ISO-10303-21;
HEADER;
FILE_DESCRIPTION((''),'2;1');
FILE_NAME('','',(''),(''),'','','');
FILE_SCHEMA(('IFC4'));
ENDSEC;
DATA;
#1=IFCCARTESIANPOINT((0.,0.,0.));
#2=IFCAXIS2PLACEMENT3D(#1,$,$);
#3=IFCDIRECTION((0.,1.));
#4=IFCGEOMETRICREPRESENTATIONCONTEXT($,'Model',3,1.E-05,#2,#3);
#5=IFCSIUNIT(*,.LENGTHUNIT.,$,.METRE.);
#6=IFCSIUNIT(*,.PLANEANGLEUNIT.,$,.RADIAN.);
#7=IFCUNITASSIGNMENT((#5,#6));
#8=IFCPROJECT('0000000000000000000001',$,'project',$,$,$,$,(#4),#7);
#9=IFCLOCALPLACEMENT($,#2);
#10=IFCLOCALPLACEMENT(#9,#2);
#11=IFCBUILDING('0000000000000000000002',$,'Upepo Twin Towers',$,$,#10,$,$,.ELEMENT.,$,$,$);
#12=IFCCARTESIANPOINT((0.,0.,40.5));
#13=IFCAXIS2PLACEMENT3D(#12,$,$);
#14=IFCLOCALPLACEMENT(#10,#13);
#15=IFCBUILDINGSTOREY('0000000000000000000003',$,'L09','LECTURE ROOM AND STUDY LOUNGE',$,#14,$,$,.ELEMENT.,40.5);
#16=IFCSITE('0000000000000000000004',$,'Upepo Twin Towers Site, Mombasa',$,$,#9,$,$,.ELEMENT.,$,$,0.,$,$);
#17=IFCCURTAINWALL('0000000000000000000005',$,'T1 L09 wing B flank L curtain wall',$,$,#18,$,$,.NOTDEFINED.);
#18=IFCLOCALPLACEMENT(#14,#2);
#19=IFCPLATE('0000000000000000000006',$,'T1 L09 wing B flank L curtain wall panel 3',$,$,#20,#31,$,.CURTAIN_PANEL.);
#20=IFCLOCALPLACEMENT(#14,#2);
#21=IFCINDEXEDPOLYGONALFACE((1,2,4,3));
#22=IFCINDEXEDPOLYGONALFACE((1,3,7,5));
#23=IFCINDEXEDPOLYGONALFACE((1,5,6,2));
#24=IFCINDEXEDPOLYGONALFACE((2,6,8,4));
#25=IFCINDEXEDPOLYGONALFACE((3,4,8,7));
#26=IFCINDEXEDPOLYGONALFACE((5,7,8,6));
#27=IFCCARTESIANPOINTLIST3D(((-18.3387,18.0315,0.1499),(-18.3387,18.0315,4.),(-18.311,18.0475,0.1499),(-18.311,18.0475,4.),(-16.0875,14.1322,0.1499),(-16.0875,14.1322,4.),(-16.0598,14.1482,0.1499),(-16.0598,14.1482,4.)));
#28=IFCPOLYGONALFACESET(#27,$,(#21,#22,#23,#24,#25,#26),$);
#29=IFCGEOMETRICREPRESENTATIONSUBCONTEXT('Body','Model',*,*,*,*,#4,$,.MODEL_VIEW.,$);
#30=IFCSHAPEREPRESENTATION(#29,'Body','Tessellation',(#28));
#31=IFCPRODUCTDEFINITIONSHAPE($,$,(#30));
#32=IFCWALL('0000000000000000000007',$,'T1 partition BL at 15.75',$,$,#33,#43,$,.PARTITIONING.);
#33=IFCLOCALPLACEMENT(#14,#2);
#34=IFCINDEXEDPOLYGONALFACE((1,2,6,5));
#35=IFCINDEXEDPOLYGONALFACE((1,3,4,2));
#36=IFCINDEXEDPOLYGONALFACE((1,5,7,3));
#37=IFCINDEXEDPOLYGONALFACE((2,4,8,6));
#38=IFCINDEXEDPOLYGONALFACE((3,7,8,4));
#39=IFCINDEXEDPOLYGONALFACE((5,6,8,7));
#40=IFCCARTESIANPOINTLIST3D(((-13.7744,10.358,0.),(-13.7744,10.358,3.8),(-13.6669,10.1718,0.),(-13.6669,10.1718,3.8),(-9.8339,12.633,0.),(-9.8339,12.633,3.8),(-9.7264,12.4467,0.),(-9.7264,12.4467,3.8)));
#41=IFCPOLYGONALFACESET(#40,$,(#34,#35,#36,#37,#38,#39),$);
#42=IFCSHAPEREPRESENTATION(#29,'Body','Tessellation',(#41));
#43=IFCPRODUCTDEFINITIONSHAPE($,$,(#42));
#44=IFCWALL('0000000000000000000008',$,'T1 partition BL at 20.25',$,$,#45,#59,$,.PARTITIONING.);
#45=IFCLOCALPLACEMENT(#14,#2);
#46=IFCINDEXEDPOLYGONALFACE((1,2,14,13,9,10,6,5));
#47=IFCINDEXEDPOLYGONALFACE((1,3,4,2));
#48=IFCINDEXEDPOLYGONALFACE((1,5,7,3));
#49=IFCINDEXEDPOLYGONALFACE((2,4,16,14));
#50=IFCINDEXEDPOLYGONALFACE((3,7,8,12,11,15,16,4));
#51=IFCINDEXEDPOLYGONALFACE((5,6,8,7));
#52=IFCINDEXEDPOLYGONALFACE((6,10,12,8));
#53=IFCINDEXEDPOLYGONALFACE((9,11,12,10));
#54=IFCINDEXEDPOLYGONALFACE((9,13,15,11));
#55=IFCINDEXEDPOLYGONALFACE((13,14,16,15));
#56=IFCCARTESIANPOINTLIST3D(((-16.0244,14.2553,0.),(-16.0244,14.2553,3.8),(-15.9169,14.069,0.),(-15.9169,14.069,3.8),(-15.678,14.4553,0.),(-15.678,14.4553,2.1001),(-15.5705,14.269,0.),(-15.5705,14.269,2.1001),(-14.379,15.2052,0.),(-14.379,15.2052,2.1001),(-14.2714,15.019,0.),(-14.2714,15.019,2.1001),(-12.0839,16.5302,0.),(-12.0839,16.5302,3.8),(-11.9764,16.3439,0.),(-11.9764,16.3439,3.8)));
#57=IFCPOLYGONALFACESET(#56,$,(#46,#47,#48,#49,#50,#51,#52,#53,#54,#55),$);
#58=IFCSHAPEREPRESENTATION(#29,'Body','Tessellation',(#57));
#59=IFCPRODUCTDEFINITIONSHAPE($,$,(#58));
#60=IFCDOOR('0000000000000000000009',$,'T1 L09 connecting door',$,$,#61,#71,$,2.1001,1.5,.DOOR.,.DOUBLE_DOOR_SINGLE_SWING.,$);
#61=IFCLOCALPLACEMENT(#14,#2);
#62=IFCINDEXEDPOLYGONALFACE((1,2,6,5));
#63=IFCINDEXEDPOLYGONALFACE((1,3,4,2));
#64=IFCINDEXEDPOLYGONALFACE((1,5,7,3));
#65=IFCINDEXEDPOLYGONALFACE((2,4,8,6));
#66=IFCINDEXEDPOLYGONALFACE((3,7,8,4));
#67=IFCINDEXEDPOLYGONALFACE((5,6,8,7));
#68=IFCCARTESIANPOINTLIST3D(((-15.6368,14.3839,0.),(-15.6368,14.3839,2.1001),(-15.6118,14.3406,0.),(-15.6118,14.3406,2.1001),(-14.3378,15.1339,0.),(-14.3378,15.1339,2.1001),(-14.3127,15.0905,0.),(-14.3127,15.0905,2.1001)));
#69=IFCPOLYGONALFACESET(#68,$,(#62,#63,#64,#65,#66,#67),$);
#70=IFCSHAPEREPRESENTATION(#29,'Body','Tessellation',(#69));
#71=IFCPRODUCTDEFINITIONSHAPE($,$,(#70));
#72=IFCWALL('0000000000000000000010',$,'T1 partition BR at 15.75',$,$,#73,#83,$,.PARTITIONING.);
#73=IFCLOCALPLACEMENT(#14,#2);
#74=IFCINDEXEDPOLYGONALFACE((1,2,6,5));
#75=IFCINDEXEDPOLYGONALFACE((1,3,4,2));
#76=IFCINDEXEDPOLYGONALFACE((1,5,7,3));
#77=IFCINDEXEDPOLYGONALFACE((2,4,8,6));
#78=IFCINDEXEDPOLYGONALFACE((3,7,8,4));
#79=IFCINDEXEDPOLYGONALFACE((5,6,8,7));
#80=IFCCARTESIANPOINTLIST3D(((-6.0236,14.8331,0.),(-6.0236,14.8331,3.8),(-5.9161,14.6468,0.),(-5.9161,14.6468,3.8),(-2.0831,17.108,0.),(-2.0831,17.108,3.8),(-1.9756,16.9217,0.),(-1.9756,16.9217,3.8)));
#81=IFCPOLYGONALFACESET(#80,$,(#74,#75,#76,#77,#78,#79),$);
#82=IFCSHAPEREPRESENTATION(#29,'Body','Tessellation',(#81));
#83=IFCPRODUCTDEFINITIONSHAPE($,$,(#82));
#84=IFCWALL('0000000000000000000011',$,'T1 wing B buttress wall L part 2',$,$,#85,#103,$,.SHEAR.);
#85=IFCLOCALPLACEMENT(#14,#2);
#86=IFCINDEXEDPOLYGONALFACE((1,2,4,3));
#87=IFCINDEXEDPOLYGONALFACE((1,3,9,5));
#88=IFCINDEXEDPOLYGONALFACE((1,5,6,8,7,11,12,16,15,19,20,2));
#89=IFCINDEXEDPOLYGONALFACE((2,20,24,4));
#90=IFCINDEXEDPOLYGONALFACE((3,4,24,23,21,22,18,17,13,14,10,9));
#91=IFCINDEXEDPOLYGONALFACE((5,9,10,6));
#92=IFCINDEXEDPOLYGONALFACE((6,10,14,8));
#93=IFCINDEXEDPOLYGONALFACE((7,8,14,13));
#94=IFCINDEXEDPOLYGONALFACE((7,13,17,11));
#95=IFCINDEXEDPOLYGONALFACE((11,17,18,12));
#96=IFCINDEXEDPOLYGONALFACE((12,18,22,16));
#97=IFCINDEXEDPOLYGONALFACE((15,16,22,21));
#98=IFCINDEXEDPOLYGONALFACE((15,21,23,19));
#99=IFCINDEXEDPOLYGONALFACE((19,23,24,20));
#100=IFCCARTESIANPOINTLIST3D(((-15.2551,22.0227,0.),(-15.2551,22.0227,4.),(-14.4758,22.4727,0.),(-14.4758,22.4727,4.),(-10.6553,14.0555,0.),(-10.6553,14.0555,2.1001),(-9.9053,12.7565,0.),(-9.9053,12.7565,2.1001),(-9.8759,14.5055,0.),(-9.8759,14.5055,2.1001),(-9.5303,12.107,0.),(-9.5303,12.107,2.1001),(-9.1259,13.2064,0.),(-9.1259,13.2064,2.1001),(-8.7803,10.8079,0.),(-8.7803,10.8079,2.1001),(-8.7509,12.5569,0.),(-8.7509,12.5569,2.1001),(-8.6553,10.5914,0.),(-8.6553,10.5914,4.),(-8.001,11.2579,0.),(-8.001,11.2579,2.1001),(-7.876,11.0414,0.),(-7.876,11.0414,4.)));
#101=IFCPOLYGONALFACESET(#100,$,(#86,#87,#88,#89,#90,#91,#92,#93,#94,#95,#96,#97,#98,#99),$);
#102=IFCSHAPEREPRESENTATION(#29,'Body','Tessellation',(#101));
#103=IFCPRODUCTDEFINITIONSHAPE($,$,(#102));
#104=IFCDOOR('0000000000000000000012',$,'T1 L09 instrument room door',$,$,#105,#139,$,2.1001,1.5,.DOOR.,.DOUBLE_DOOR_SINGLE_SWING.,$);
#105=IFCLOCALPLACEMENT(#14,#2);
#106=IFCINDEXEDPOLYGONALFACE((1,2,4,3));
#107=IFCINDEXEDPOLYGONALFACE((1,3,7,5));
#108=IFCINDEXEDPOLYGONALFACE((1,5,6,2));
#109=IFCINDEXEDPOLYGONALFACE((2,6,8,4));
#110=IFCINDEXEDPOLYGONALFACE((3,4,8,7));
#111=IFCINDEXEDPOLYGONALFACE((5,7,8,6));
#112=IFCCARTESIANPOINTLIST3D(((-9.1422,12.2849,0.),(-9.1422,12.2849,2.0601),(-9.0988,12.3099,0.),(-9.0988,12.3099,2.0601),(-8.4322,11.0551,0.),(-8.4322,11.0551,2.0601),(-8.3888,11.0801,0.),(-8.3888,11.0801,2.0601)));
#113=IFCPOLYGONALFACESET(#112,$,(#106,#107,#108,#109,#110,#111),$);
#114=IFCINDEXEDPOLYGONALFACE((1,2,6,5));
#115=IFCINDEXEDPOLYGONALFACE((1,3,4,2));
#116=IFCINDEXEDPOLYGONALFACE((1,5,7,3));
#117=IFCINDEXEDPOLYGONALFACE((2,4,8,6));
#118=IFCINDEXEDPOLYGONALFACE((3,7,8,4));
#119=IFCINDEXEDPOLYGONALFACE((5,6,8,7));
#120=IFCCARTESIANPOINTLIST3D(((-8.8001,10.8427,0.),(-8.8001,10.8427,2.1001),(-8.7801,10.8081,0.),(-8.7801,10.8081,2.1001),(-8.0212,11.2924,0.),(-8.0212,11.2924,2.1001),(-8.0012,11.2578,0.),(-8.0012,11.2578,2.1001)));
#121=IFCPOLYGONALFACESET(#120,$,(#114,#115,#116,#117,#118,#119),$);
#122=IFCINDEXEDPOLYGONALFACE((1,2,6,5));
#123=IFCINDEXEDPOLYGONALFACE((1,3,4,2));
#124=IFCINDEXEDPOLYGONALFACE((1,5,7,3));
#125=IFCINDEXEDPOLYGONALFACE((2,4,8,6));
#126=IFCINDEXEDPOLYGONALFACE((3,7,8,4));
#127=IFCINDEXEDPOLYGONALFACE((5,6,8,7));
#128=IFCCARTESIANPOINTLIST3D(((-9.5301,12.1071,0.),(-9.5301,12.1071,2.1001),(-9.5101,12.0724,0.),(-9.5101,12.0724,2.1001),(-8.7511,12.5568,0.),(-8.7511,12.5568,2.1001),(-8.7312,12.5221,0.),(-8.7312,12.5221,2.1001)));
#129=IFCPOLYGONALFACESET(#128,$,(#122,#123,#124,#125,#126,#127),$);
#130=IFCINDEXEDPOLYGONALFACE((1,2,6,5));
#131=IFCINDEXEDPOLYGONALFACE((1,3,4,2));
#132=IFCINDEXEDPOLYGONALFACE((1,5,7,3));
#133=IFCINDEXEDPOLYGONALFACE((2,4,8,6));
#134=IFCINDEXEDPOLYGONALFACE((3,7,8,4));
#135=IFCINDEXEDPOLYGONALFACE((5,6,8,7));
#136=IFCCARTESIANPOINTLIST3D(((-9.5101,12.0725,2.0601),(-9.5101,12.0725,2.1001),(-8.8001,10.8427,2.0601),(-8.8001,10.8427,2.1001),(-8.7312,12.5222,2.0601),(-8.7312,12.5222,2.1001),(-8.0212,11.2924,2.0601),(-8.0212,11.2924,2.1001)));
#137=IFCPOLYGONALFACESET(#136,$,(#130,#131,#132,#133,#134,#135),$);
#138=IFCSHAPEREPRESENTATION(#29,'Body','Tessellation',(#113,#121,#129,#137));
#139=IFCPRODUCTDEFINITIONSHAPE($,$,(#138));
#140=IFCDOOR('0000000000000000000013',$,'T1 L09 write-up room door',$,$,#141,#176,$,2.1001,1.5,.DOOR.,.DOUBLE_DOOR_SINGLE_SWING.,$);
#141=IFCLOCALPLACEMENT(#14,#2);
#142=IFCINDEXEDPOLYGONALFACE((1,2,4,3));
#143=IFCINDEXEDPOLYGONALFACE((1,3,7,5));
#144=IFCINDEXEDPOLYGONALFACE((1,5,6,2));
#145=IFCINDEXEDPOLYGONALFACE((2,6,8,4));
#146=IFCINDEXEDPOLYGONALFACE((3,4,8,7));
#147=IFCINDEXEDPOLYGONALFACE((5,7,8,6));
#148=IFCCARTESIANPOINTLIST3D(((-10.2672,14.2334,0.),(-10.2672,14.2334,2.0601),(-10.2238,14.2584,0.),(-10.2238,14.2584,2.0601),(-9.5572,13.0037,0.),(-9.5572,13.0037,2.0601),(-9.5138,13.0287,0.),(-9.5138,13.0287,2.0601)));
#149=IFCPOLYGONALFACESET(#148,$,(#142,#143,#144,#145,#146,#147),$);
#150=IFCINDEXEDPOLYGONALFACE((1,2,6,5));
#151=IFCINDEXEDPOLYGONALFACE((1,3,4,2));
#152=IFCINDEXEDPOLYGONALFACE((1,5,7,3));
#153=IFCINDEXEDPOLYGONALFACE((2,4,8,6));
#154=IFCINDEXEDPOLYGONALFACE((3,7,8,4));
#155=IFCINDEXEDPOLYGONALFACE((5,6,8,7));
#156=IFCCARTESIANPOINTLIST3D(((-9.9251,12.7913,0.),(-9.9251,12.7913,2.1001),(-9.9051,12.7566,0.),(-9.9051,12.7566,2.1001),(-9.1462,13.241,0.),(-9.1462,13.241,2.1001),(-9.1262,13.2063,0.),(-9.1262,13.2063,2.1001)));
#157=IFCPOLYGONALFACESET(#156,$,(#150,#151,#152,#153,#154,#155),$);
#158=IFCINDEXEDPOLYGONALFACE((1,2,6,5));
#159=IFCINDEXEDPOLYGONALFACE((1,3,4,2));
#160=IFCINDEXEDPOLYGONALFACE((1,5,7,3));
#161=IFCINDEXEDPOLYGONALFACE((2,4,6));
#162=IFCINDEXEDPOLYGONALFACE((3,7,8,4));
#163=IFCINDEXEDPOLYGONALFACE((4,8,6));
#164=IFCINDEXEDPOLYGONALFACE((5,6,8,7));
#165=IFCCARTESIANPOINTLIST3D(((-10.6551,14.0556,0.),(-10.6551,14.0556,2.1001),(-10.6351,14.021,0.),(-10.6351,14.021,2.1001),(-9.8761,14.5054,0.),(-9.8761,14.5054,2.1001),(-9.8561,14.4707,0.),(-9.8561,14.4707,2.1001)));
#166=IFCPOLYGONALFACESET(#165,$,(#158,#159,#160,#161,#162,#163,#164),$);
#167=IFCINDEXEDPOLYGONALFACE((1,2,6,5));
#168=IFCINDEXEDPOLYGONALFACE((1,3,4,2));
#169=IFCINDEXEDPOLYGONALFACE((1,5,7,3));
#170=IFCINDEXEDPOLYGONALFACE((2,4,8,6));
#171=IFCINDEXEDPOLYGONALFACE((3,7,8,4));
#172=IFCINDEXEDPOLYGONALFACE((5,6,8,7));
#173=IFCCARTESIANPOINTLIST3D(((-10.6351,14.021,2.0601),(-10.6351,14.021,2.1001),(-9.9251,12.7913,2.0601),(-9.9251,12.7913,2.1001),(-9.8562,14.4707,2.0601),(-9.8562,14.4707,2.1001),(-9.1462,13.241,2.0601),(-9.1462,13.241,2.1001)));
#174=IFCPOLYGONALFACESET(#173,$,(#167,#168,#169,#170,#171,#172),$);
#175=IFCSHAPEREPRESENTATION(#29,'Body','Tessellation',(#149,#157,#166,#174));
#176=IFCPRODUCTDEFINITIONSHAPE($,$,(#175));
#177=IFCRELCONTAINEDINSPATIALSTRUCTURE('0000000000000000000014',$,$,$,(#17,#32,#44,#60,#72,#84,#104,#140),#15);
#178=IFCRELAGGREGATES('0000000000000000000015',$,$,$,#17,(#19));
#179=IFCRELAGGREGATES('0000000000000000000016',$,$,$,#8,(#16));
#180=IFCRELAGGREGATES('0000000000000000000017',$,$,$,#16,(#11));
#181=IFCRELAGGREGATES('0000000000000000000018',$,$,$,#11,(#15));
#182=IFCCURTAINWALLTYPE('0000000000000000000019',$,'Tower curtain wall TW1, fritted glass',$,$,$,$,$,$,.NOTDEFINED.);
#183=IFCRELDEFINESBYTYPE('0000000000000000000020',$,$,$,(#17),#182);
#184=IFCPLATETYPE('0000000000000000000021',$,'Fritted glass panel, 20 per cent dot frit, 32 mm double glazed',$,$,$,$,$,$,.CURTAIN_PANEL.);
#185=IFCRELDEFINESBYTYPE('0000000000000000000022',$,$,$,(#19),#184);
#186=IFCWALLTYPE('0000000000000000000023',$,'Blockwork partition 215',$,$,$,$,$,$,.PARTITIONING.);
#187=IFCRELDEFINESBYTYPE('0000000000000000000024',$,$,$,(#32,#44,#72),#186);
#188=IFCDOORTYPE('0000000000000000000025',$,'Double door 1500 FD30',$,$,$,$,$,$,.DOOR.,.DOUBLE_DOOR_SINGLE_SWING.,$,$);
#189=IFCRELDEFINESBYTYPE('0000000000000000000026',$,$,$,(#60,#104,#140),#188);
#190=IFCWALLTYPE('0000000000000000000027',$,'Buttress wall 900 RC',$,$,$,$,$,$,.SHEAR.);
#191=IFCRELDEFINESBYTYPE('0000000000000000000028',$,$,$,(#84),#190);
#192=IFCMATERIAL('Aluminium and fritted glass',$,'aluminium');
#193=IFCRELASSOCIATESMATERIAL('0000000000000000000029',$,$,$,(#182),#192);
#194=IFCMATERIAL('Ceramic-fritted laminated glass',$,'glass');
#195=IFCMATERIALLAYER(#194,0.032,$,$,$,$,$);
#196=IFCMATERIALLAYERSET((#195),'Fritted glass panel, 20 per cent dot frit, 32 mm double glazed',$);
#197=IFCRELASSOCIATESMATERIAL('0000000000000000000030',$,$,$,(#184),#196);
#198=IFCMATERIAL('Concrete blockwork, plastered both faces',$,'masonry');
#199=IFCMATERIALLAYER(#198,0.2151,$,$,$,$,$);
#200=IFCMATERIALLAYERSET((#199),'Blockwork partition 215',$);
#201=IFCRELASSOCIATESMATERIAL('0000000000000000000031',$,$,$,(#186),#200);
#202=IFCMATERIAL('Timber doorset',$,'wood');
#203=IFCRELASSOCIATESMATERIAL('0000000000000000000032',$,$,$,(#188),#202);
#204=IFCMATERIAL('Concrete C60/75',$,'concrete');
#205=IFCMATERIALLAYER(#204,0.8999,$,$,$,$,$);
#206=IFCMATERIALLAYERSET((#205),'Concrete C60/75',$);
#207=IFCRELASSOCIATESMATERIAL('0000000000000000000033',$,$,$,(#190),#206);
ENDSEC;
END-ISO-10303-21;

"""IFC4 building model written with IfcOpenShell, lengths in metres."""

from ifc_helpers import new_model, si_unit, direction, frame, frame_2d, origin, origin_2d, place, context, subcontext, project, spatial, rectangle, extrude, material, layer, layer_set, type_object, element, fill, aggregate, save


model = new_model("IFC4")

# Units and contexts
model_context = context("Model", 3, precision=1e-05, world=origin(), true_north=direction((0.0, 1.0)))
body_context = subcontext(model_context, "Body", "Model", "MODEL_VIEW")
ifc_project = project(units=[si_unit("LENGTHUNIT", "METRE"), si_unit("PLANEANGLEUNIT", "RADIAN")], contexts=[model_context])

# Site, building, storey
site_placement = place(None, origin())
site = spatial("IfcSite", under=ifc_project, at=site_placement, Name="Upepo Twin Towers Site, Mombasa", CompositionType="ELEMENT", RefElevation=0.0)
building_placement = place(site_placement, origin())
building = spatial("IfcBuilding", under=site, at=building_placement, Name="Upepo Twin Towers", CompositionType="ELEMENT")
storey_placement = place(building_placement, frame((0.0, 0.0, 40.5)))
storey = spatial("IfcBuildingStorey", under=building, at=storey_placement, Name="L09", Description="LECTURE ROOM AND STUDY LOUNGE", CompositionType="ELEMENT", Elevation=40.5)

# Curtain wall, plate
ifc_material_1 = material(Name="Aluminium and fritted glass", Category="aluminium")
curtain_wall_type = type_object("IfcCurtainWallType", Name="Tower curtain wall TW1, fritted glass", PredefinedType="NOTDEFINED", material=ifc_material_1)
curtain_wall_placement = place(storey_placement, origin())
curtain_wall = element("IfcCurtainWall", 1, at=curtain_wall_placement, inside=storey, type_object=curtain_wall_type, Name="T1 L09 wing B flank L curtain wall", PredefinedType="NOTDEFINED")
ifc_material_2 = material(Name="Ceramic-fritted laminated glass", Category="glass")
ifc_layer_1 = layer(ifc_material_2, 0.032)
ifc_layer_set_1 = layer_set([ifc_layer_1], Name="Fritted glass panel, 20 per cent dot frit, 32 mm double glazed")
plate_type = type_object("IfcPlateType", Name="Fritted glass panel, 20 per cent dot frit, 32 mm double glazed", PredefinedType="CURTAIN_PANEL", material=ifc_layer_set_1)
plate_1_placement = place(storey_placement, frame((-17.1992, 16.0898, 0.1499), z_axis=(0.0, 0.0, 1.0), x_axis=(-0.5, 0.866025, 0.0)))
plate_1 = element("IfcPlate", 2, at=plate_1_placement, type_object=plate_type, Name="T1 L09 wing B flank L curtain wall panel 3", PredefinedType="CURTAIN_PANEL", context=body_context, shape_type="SweptSolid", body=[
    extrude(rectangle(XDim=4.5024, YDim=0.032, at=origin_2d()), origin(), (0.0, 0.0, 1.0), 3.8501),
])
aggregate(curtain_wall, [plate_1])

# Wall
ifc_material_3 = material(Name="Concrete blockwork, plastered both faces", Category="masonry")
ifc_layer_2 = layer(ifc_material_3, 0.2151)
ifc_layer_set_2 = layer_set([ifc_layer_2], Name="Blockwork partition 215")
wall_type_1 = type_object("IfcWallType", Name="Blockwork partition 215", PredefinedType="PARTITIONING", material=ifc_layer_set_2)
wall_1_placement = place(storey_placement, frame((-9.7803, 12.5398, 0.0), z_axis=(0.0, 0.0, 1.0), x_axis=(-0.866035, -0.499983, 0.0)))
element("IfcWall", 3, at=wall_1_placement, inside=storey, type_object=wall_type_1, Name="T1 partition BL at 15.75", PredefinedType="PARTITIONING", context=body_context, shape_type="SweptSolid", body=[
    extrude(rectangle(XDim=4.55, YDim=0.2151, at=frame_2d((2.2749, 0.0))), origin(), (0.0, 0.0, 1.0), 3.8),
])

# Wall, opening, door
wall_2_placement = place(storey_placement, frame((-12.0303, 16.437, 0.0), z_axis=(0.0, 0.0, 1.0), x_axis=(-0.866035, -0.499983, 0.0)))
wall_2 = element("IfcWall", 4, at=wall_2_placement, inside=storey, type_object=wall_type_1, Name="T1 partition BL at 20.25", PredefinedType="PARTITIONING", context=body_context, shape_type="SweptSolid", body=[
    extrude(rectangle(XDim=4.55, YDim=0.2151, at=frame_2d((2.2749, 0.0))), origin(), (0.0, 0.0, 1.0), 3.8),
])
opening_1_placement = place(wall_2_placement, frame((2.6499, 0.0, 0.0)))
opening_1 = element("IfcOpeningElement", 5, at=opening_1_placement, cuts=wall_2, PredefinedType="OPENING", context=body_context, shape_type="SweptSolid", body=[
    extrude(rectangle(XDim=1.5, YDim=2.1001, at=frame_2d((0.75, 1.05))), frame((0.0, 0.1174, 0.0), z_axis=(0.0, -1.0, 0.0), x_axis=(1.0, 0.0, 0.0)), (0.0, 0.0, 1.0), 0.2351),
])
ifc_material_4 = material(Name="Timber doorset", Category="wood")
door_type_1 = type_object("IfcDoorType", Name="Double door 1500 FD30", OperationType="DOUBLE_DOOR_SINGLE_SWING", PredefinedType="DOOR", material=ifc_material_4)
door_1_placement = place(opening_1_placement, origin())
door_1 = element("IfcDoor", 6, at=door_1_placement, inside=storey, type_object=door_type_1, Name="T1 L09 connecting door", OperationType="DOUBLE_DOOR_SINGLE_SWING", OverallHeight=2.1001, OverallWidth=1.5, PredefinedType="DOOR", context=body_context, shape_type="SweptSolid", body=[
    extrude(rectangle(XDim=1.5, YDim=2.1001, at=frame_2d((0.75, 1.05))), frame((0.0, 0.0249, 0.0), z_axis=(0.0, -1.0, 0.0), x_axis=(1.0, 0.0, 0.0)), (0.0, 0.0, 1.0), 0.05),
])
fill(opening_1, door_1)

# Wall
wall_3_placement = place(storey_placement, frame((-5.9697, 14.74, 0.0), z_axis=(0.0, 0.0, 1.0), x_axis=(0.866035, 0.499983, 0.0)))
element("IfcWall", 7, at=wall_3_placement, inside=storey, type_object=wall_type_1, Name="T1 partition BR at 15.75", PredefinedType="PARTITIONING", context=body_context, shape_type="SweptSolid", body=[
    extrude(rectangle(XDim=4.55, YDim=0.2151, at=frame_2d((2.2749, 0.0))), origin(), (0.0, 0.0, 1.0), 3.8),
])

# Wall, openings, doors
ifc_material_5 = material(Name="Concrete C60/75", Category="concrete")
ifc_layer_3 = layer(ifc_material_5, 0.8999)
ifc_layer_set_3 = layer_set([ifc_layer_3], Name="Concrete C60/75")
wall_type_2 = type_object("IfcWallType", Name="Buttress wall 900 RC", PredefinedType="SHEAR", material=ifc_layer_set_3)
wall_4_placement = place(storey_placement, frame((-8.2656, 10.8164, 0.0), z_axis=(0.0, 0.0, 1.0), x_axis=(-0.499996, 0.866028, 0.0)))
wall_4 = element("IfcWall", 8, at=wall_4_placement, inside=storey, type_object=wall_type_2, Name="T1 wing B buttress wall L part 2", PredefinedType="SHEAR", context=body_context, shape_type="SweptSolid", body=[
    extrude(rectangle(XDim=13.1997, YDim=0.8999, at=frame_2d((6.5999, 0.0))), origin(), (0.0, 0.0, 1.0), 4.0),
])
opening_2_placement = place(wall_4_placement, frame((0.25, 0.0, 0.0)))
opening_2 = element("IfcOpeningElement", 9, at=opening_2_placement, cuts=wall_4, PredefinedType="OPENING", context=body_context, shape_type="SweptSolid", body=[
    extrude(rectangle(XDim=1.5, YDim=2.1001, at=frame_2d((0.75, 1.05))), frame((0.0, 0.46, 0.0), z_axis=(0.0, -1.0, 0.0), x_axis=(1.0, 0.0, 0.0)), (0.0, 0.0, 1.0), 0.9199),
])
opening_3_placement = place(wall_4_placement, frame((2.5, 0.0, 0.0)))
opening_3 = element("IfcOpeningElement", 10, at=opening_3_placement, cuts=wall_4, PredefinedType="OPENING", context=body_context, shape_type="SweptSolid", body=[
    extrude(rectangle(XDim=1.5, YDim=2.1001, at=frame_2d((0.75, 1.05))), frame((0.0, 0.46, 0.0), z_axis=(0.0, -1.0, 0.0), x_axis=(1.0, 0.0, 0.0)), (0.0, 0.0, 1.0), 0.9199),
])
door_2_placement = place(opening_2_placement, origin())
door_2 = element("IfcDoor", 11, at=door_2_placement, inside=storey, type_object=door_type_1, Name="T1 L09 instrument room door", OperationType="DOUBLE_DOOR_SINGLE_SWING", OverallHeight=2.1001, OverallWidth=1.5, PredefinedType="DOOR", context=body_context, shape_type="SweptSolid", body=[
    extrude(rectangle(XDim=1.42, YDim=2.0601, at=frame_2d((0.75, 1.03))), frame((0.0, 0.0249, 0.0), z_axis=(0.0, -1.0, 0.0), x_axis=(1.0, 0.0, 0.0)), (0.0, 0.0, 1.0), 0.05),
    extrude(rectangle(XDim=0.04, YDim=2.1001, at=frame_2d((0.02, 1.05))), frame((0.0, 0.4497, 0.0), z_axis=(0.0, -1.0, 0.0), x_axis=(1.0, 0.0, 0.0)), (0.0, 0.0, 1.0), 0.8994),
    extrude(rectangle(XDim=0.04, YDim=2.1001, at=frame_2d((1.48, 1.05))), frame((0.0, 0.4497, 0.0), z_axis=(0.0, -1.0, 0.0), x_axis=(1.0, 0.0, 0.0)), (0.0, 0.0, 1.0), 0.8994),
    extrude(rectangle(XDim=1.42, YDim=0.04, at=frame_2d((0.75, 2.0801))), frame((0.0, 0.4497, 0.0), z_axis=(0.0, -1.0, 0.0), x_axis=(1.0, 0.0, 0.0)), (0.0, 0.0, 1.0), 0.8994),
])
fill(opening_2, door_2)
door_3_placement = place(opening_3_placement, origin())
door_3 = element("IfcDoor", 12, at=door_3_placement, inside=storey, type_object=door_type_1, Name="T1 L09 write-up room door", OperationType="DOUBLE_DOOR_SINGLE_SWING", OverallHeight=2.1001, OverallWidth=1.5, PredefinedType="DOOR", context=body_context, shape_type="SweptSolid", body=[
    extrude(rectangle(XDim=1.42, YDim=2.0601, at=frame_2d((0.75, 1.03))), frame((0.0, 0.0249, 0.0), z_axis=(0.0, -1.0, 0.0), x_axis=(1.0, 0.0, 0.0)), (0.0, 0.0, 1.0), 0.05),
    extrude(rectangle(XDim=0.04, YDim=2.1001, at=frame_2d((0.02, 1.05))), frame((0.0, 0.4497, 0.0), z_axis=(0.0, -1.0, 0.0), x_axis=(1.0, 0.0, 0.0)), (0.0, 0.0, 1.0), 0.8994),
    extrude(rectangle(XDim=0.04, YDim=2.1001, at=frame_2d((1.48, 1.05))), frame((0.0, 0.4497, 0.0), z_axis=(0.0, -1.0, 0.0), x_axis=(1.0, 0.0, 0.0)), (0.0, 0.0, 1.0), 0.8994),
    extrude(rectangle(XDim=1.42, YDim=0.04, at=frame_2d((0.75, 2.0801))), frame((0.0, 0.4497, 0.0), z_axis=(0.0, -1.0, 0.0), x_axis=(1.0, 0.0, 0.0)), (0.0, 0.0, 1.0), 0.8994),
])
fill(opening_3, door_3)

save(model, "model.ifc")
